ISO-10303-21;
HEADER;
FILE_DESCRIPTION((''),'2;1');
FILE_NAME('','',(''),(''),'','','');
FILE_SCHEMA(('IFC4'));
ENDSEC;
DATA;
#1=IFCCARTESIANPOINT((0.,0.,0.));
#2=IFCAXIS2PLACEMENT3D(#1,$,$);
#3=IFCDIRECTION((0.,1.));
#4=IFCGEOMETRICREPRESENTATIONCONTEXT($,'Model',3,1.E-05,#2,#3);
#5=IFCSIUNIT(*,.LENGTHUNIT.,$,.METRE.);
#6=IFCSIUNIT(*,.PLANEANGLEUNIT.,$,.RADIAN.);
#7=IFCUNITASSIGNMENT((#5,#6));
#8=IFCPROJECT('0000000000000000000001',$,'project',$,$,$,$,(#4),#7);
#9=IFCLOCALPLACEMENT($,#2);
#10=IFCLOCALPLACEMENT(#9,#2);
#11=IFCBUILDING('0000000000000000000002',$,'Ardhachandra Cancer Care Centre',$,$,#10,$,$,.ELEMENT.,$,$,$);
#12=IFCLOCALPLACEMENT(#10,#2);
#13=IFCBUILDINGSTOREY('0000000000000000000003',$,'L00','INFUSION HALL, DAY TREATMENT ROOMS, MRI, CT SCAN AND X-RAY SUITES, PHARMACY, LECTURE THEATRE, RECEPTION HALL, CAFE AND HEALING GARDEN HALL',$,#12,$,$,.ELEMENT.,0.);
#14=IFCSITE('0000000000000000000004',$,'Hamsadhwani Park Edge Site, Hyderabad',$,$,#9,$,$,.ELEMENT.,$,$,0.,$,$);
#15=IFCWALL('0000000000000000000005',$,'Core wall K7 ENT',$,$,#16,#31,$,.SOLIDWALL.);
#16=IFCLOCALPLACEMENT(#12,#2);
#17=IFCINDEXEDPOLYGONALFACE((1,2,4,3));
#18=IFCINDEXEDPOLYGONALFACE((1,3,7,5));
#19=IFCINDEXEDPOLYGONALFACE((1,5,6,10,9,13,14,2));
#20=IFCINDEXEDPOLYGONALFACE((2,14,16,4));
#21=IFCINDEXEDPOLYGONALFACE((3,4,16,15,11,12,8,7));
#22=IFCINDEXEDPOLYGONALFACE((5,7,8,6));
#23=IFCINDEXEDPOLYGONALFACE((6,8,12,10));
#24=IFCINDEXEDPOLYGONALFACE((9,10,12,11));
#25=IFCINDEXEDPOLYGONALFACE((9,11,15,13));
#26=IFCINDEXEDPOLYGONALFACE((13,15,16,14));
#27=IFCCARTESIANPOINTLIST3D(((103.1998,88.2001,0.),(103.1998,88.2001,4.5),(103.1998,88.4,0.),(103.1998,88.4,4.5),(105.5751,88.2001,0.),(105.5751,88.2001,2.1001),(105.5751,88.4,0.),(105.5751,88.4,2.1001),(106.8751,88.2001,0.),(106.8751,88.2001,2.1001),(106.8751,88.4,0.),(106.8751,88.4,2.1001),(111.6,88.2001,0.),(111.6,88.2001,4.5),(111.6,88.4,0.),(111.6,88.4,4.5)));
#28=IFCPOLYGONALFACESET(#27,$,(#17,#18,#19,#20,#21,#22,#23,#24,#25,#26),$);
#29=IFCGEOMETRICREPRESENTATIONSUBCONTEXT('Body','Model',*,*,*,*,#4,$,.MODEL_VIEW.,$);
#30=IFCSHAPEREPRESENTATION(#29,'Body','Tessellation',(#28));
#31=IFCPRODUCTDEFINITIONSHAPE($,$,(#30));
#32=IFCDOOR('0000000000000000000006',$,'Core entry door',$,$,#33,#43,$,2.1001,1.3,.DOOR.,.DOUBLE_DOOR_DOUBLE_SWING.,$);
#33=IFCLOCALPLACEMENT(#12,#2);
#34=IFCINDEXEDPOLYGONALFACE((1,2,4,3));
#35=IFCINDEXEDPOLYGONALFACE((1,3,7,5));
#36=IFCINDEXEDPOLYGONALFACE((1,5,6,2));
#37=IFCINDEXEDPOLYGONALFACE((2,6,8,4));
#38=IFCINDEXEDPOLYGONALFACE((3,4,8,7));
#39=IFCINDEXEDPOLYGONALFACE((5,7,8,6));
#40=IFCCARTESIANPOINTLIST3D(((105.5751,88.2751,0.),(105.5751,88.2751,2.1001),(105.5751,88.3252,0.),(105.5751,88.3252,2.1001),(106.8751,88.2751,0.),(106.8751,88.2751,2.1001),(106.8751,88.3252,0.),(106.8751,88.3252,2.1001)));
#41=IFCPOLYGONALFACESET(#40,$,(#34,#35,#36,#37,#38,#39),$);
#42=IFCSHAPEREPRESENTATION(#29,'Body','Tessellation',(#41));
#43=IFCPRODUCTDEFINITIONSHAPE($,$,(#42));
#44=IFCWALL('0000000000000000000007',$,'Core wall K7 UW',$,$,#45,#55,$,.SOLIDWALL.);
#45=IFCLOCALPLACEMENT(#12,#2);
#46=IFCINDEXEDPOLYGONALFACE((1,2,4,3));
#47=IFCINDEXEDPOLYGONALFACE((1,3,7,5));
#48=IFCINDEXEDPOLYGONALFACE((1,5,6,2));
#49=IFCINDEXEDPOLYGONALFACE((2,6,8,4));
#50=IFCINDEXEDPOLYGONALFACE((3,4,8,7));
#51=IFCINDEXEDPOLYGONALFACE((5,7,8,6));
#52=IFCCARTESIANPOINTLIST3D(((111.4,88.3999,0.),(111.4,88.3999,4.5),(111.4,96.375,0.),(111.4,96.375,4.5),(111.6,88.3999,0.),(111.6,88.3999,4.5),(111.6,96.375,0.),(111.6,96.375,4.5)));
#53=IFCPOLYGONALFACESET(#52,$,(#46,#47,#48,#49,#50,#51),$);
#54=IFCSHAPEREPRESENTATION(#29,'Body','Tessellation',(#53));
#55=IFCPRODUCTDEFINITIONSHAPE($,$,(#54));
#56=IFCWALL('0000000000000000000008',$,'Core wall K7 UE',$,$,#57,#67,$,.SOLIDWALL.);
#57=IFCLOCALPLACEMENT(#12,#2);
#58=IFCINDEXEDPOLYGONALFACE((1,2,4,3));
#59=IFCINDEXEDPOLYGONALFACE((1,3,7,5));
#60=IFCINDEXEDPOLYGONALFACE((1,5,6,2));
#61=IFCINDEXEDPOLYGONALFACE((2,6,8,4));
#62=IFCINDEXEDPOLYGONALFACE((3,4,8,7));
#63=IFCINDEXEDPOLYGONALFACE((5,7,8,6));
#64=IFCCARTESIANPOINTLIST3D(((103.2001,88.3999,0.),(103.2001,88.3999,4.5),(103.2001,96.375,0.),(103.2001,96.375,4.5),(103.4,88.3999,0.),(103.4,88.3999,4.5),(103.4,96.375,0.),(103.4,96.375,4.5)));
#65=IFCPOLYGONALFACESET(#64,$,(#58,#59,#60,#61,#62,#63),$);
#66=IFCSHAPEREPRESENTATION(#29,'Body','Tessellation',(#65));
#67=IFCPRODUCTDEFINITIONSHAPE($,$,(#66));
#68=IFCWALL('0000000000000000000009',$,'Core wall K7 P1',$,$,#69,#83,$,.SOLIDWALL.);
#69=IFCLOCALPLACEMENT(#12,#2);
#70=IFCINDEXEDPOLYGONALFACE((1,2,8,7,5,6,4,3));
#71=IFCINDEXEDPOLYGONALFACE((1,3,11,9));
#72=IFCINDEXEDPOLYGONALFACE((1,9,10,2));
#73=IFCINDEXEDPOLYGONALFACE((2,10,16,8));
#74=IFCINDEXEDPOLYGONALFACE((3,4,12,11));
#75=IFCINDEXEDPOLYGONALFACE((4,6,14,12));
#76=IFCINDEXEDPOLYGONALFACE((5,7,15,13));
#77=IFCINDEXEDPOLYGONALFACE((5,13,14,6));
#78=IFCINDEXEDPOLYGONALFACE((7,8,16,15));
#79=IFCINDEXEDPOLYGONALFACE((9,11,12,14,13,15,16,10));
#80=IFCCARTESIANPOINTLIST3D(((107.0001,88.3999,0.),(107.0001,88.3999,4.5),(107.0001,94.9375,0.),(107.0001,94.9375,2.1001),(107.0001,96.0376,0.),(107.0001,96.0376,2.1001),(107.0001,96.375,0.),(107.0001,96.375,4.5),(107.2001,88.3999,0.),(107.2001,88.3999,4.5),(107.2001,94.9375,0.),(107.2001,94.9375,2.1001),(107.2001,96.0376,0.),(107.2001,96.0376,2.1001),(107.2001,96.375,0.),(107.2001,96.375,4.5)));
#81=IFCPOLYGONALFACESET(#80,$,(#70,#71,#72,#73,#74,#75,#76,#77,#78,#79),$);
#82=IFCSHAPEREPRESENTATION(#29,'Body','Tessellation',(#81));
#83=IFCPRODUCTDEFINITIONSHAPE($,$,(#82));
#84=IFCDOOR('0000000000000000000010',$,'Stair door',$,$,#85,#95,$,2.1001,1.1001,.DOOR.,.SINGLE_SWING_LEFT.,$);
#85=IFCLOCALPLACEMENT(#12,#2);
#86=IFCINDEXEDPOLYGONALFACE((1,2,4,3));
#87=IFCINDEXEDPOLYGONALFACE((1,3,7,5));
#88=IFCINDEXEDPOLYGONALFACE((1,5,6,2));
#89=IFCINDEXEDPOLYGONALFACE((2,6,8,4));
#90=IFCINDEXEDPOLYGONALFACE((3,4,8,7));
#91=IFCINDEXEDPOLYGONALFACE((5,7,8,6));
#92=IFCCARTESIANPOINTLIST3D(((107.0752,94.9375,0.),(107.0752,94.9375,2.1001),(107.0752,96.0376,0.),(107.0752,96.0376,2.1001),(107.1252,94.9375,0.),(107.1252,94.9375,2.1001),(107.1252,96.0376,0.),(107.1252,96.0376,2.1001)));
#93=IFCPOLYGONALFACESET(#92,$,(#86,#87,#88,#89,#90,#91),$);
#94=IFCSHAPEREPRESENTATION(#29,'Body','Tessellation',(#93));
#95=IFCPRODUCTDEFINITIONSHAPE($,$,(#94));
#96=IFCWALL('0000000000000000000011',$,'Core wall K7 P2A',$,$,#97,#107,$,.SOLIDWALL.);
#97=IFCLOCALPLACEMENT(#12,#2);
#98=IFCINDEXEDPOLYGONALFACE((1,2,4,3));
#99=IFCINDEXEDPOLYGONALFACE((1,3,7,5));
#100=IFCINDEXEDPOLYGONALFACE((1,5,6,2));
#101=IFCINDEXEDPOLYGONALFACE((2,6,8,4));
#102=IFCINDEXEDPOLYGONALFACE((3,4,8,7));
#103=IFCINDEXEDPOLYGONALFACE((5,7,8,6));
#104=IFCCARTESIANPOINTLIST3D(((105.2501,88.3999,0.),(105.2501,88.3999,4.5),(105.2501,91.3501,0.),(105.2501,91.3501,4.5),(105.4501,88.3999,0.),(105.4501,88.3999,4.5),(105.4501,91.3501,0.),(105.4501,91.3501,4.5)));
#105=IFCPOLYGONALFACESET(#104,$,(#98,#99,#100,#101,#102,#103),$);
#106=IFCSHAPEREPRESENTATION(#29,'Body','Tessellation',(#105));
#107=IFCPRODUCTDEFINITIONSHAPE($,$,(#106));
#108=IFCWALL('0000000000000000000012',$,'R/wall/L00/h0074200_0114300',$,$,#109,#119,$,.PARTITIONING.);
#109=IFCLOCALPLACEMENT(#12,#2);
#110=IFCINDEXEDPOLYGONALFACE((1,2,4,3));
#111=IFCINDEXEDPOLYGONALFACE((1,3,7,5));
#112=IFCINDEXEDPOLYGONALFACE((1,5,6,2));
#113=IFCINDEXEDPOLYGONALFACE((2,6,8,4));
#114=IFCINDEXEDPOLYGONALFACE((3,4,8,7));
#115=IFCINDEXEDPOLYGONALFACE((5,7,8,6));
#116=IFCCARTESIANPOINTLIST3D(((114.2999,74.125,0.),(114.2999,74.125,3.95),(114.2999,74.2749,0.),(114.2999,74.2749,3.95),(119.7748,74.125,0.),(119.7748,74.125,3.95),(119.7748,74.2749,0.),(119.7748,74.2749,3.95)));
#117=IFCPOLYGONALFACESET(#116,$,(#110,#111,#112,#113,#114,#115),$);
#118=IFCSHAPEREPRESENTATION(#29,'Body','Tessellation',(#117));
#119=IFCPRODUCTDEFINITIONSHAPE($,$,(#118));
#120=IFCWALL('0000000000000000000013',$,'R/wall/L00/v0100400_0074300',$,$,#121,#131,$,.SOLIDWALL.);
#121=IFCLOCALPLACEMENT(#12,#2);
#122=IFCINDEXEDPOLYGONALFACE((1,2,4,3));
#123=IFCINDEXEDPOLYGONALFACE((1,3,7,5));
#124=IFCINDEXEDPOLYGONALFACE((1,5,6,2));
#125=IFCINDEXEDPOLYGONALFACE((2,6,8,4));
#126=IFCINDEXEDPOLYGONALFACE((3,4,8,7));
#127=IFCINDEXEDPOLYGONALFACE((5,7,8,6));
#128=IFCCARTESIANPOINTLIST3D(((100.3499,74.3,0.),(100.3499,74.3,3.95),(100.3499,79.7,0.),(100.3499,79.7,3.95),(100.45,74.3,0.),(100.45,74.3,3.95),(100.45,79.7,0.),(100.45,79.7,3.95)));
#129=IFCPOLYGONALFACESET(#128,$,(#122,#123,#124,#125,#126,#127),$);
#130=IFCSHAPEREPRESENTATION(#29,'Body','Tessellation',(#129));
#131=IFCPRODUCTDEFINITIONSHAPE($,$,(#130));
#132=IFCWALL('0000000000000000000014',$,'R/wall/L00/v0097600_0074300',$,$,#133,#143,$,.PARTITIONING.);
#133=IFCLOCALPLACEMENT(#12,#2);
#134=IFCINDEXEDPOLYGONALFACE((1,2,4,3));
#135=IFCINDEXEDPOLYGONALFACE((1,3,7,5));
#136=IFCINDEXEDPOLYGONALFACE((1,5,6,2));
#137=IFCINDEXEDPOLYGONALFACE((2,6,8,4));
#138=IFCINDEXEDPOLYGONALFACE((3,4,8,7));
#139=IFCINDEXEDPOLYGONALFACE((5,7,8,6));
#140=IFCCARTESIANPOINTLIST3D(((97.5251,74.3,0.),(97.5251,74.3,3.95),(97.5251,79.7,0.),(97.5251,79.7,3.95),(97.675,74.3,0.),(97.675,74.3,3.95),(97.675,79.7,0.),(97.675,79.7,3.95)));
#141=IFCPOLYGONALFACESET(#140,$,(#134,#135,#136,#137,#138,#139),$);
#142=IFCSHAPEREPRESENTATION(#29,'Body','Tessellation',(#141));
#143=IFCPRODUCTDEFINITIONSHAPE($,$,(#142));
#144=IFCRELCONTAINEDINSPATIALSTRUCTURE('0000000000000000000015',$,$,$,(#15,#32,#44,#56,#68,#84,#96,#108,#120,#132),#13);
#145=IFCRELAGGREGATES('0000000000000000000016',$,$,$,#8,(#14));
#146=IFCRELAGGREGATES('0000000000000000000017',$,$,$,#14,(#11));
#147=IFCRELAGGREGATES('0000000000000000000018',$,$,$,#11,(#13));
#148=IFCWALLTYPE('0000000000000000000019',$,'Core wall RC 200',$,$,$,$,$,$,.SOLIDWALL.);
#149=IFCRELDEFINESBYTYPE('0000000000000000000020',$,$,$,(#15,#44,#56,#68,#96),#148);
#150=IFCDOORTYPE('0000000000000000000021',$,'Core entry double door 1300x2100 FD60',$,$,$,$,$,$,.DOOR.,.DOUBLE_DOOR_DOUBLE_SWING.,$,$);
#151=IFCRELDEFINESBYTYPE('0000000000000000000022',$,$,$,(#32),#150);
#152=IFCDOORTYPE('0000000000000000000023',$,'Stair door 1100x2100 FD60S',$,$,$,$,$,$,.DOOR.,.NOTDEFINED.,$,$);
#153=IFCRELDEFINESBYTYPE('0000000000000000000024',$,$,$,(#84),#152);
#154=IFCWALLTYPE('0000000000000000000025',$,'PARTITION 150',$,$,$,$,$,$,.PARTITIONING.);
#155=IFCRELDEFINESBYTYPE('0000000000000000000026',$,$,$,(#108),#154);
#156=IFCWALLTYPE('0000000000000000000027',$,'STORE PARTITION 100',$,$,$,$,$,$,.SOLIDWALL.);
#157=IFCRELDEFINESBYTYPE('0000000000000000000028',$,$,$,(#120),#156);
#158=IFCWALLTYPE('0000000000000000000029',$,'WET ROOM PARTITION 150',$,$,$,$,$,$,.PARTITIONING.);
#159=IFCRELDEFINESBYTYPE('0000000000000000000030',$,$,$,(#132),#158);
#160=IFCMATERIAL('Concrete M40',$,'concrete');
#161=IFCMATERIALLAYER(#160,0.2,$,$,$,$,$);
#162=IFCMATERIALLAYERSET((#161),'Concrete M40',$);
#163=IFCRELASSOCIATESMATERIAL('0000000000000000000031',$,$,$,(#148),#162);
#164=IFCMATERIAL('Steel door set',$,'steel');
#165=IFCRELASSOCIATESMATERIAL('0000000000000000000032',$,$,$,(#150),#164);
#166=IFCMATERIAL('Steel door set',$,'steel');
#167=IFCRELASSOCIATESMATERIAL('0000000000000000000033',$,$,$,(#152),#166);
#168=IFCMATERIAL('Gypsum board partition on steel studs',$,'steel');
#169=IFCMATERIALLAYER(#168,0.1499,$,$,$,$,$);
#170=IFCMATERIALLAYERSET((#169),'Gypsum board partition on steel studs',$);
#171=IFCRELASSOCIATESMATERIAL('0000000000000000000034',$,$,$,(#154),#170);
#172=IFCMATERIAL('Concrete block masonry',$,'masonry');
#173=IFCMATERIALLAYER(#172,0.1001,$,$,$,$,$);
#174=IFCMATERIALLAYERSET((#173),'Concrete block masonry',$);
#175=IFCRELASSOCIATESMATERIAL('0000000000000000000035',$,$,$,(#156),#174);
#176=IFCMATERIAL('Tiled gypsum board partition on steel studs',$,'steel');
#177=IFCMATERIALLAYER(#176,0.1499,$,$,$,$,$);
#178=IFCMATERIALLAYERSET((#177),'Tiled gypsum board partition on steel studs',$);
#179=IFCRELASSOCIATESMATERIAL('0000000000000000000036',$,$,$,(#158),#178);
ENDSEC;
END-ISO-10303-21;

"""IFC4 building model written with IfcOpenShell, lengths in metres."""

from ifc_helpers import new_model, si_unit, direction, frame, frame_2d, origin, place, context, subcontext, project, spatial, rectangle, extrude, material, layer, layer_set, type_object, element, fill, save


model = new_model("IFC4")

# Units and contexts
model_context = context("Model", 3, precision=1e-05, world=origin(), true_north=direction((0.0, 1.0)))
body_context = subcontext(model_context, "Body", "Model", "MODEL_VIEW")
ifc_project = project(units=[si_unit("LENGTHUNIT", "METRE"), si_unit("PLANEANGLEUNIT", "RADIAN")], contexts=[model_context])

# Site, building, storey
site_placement = place(None, origin())
site = spatial("IfcSite", under=ifc_project, at=site_placement, Name="Hamsadhwani Park Edge Site, Hyderabad", CompositionType="ELEMENT", RefElevation=0.0)
building_placement = place(site_placement, origin())
building = spatial("IfcBuilding", under=site, at=building_placement, Name="Ardhachandra Cancer Care Centre", CompositionType="ELEMENT")
storey_placement = place(building_placement, origin())
storey = spatial("IfcBuildingStorey", under=building, at=storey_placement, Name="L00", Description="INFUSION HALL, DAY TREATMENT ROOMS, MRI, CT SCAN AND X-RAY SUITES, PHARMACY, LECTURE THEATRE, RECEPTION HALL, CAFE AND HEALING GARDEN HALL", CompositionType="ELEMENT", Elevation=0.0)

# Wall, opening, door
ifc_material_1 = material(Name="Concrete M40", Category="concrete")
ifc_layer_1 = layer(ifc_material_1, 0.2)
ifc_layer_set_1 = layer_set([ifc_layer_1], Name="Concrete M40")
wall_type_1 = type_object("IfcWallType", Name="Core wall RC 200", PredefinedType="SOLIDWALL", material=ifc_layer_set_1)
wall_1_placement = place(storey_placement, frame((111.6001, 88.3, 0.0), z_axis=(0.0, 0.0, 1.0), x_axis=(-1.0, 0.0, 0.0)))
wall_1 = element("IfcWall", 1, at=wall_1_placement, inside=storey, type_object=wall_type_1, Name="Core wall K7 ENT", PredefinedType="SOLIDWALL", context=body_context, shape_type="SweptSolid", body=[
    extrude(rectangle(XDim=8.4001, YDim=0.2, at=frame_2d((4.2002, 0.0))), origin(), (0.0, 0.0, 1.0), 4.5),
])
opening_1_placement = place(wall_1_placement, frame((4.7251, 0.0, 0.0)))
opening_1 = element("IfcOpeningElement", 2, at=opening_1_placement, cuts=wall_1, PredefinedType="OPENING", context=body_context, shape_type="SweptSolid", body=[
    extrude(rectangle(XDim=1.3, YDim=2.1001, at=frame_2d((0.6499, 1.05))), frame((0.0, 0.1099, 0.0), z_axis=(0.0, -1.0, 0.0), x_axis=(1.0, 0.0, 0.0)), (0.0, 0.0, 1.0), 0.22),
])
ifc_material_2 = material(Name="Steel door set", Category="steel")
door_type_1 = type_object("IfcDoorType", Name="Core entry double door 1300x2100 FD60", OperationType="DOUBLE_DOOR_DOUBLE_SWING", PredefinedType="DOOR", material=ifc_material_2)
door_1_placement = place(opening_1_placement, origin())
door_1 = element("IfcDoor", 3, at=door_1_placement, inside=storey, type_object=door_type_1, Name="Core entry door", OperationType="DOUBLE_DOOR_DOUBLE_SWING", OverallHeight=2.1001, OverallWidth=1.3, PredefinedType="DOOR", context=body_context, shape_type="SweptSolid", body=[
    extrude(rectangle(XDim=1.3, YDim=2.1001, at=frame_2d((0.6499, 1.05))), frame((0.0, 0.0249, 0.0), z_axis=(0.0, -1.0, 0.0), x_axis=(1.0, 0.0, 0.0)), (0.0, 0.0, 1.0), 0.05),
])
fill(opening_1, door_1)

# Walls
for number, where, z_axis, x_axis, name in (
    (4, (111.5, 88.3999, 0.0), (0.0, 0.0, 1.0), (0.0, 1.0, 0.0), "Core wall K7 UW"),
    (5, (103.3, 88.3999, 0.0), (0.0, 0.0, 1.0), (0.0, 1.0, 0.0), "Core wall K7 UE"),
):
    element("IfcWall", number, at=place(storey_placement, frame(where, z_axis=z_axis, x_axis=x_axis)), inside=storey, type_object=wall_type_1, Name=name, PredefinedType="SOLIDWALL", context=body_context, shape_type="SweptSolid", body=[
        extrude(rectangle(XDim=7.9751, YDim=0.2, at=frame_2d((3.9875, 0.0))), origin(), (0.0, 0.0, 1.0), 4.5),
    ])

# Wall, opening, door
wall_2_placement = place(storey_placement, frame((107.1001, 88.3999, 0.0), z_axis=(0.0, 0.0, 1.0), x_axis=(0.0, 1.0, 0.0)))
wall_2 = element("IfcWall", 6, at=wall_2_placement, inside=storey, type_object=wall_type_1, Name="Core wall K7 P1", PredefinedType="SOLIDWALL", context=body_context, shape_type="SweptSolid", body=[
    extrude(rectangle(XDim=7.9751, YDim=0.2, at=frame_2d((3.9875, 0.0))), origin(), (0.0, 0.0, 1.0), 4.5),
])
opening_2_placement = place(wall_2_placement, frame((6.5376, 0.0, 0.0)))
opening_2 = element("IfcOpeningElement", 7, at=opening_2_placement, cuts=wall_2, PredefinedType="OPENING", context=body_context, shape_type="SweptSolid", body=[
    extrude(rectangle(XDim=1.1001, YDim=2.1001, at=frame_2d((0.55, 1.05))), frame((0.0, 0.1099, 0.0), z_axis=(0.0, -1.0, 0.0), x_axis=(1.0, 0.0, 0.0)), (0.0, 0.0, 1.0), 0.22),
])
ifc_material_3 = material(Name="Steel door set", Category="steel")
door_type_2 = type_object("IfcDoorType", Name="Stair door 1100x2100 FD60S", OperationType="NOTDEFINED", PredefinedType="DOOR", material=ifc_material_3)
door_2_placement = place(opening_2_placement, origin())
door_2 = element("IfcDoor", 8, at=door_2_placement, inside=storey, type_object=door_type_2, Name="Stair door", OperationType="SINGLE_SWING_LEFT", OverallHeight=2.1001, OverallWidth=1.1001, PredefinedType="DOOR", context=body_context, shape_type="SweptSolid", body=[
    extrude(rectangle(XDim=1.1001, YDim=2.1001, at=frame_2d((0.55, 1.05))), frame((0.0, 0.0249, 0.0), z_axis=(0.0, -1.0, 0.0), x_axis=(1.0, 0.0, 0.0)), (0.0, 0.0, 1.0), 0.05),
])
fill(opening_2, door_2)

# Walls
wall_3_placement = place(storey_placement, frame((105.3501, 88.3999, 0.0), z_axis=(0.0, 0.0, 1.0), x_axis=(0.0, 1.0, 0.0)))
element("IfcWall", 9, at=wall_3_placement, inside=storey, type_object=wall_type_1, Name="Core wall K7 P2A", PredefinedType="SOLIDWALL", context=body_context, shape_type="SweptSolid", body=[
    extrude(rectangle(XDim=2.9502, YDim=0.2, at=frame_2d((1.4751, 0.0))), origin(), (0.0, 0.0, 1.0), 4.5),
])
ifc_material_4 = material(Name="Gypsum board partition on steel studs", Category="steel")
ifc_layer_2 = layer(ifc_material_4, 0.1499)
ifc_layer_set_2 = layer_set([ifc_layer_2], Name="Gypsum board partition on steel studs")
wall_type_2 = type_object("IfcWallType", Name="PARTITION 150", PredefinedType="PARTITIONING", material=ifc_layer_set_2)
wall_4_placement = place(storey_placement, frame((114.3, 74.2, 0.0), z_axis=(0.0, 0.0, 1.0), x_axis=(1.0, 0.0, 0.0)))
element("IfcWall", 10, at=wall_4_placement, inside=storey, type_object=wall_type_2, Name="R/wall/L00/h0074200_0114300", PredefinedType="PARTITIONING", context=body_context, shape_type="SweptSolid", body=[
    extrude(rectangle(XDim=5.4749, YDim=0.1499, at=frame_2d((2.7373, 0.0))), origin(), (0.0, 0.0, 1.0), 3.95),
])
ifc_material_5 = material(Name="Concrete block masonry", Category="masonry")
ifc_layer_3 = layer(ifc_material_5, 0.1001)
ifc_layer_set_3 = layer_set([ifc_layer_3], Name="Concrete block masonry")
wall_type_3 = type_object("IfcWallType", Name="STORE PARTITION 100", PredefinedType="SOLIDWALL", material=ifc_layer_set_3)
wall_5_placement = place(storey_placement, frame((100.3999, 74.3, 0.0), z_axis=(0.0, 0.0, 1.0), x_axis=(0.0, 1.0, 0.0)))
element("IfcWall", 11, at=wall_5_placement, inside=storey, type_object=wall_type_3, Name="R/wall/L00/v0100400_0074300", PredefinedType="SOLIDWALL", context=body_context, shape_type="SweptSolid", body=[
    extrude(rectangle(XDim=5.3999, YDim=0.1001, at=frame_2d((2.7, 0.0))), origin(), (0.0, 0.0, 1.0), 3.95),
])
ifc_material_6 = material(Name="Tiled gypsum board partition on steel studs", Category="steel")
ifc_layer_4 = layer(ifc_material_6, 0.1499)
ifc_layer_set_4 = layer_set([ifc_layer_4], Name="Tiled gypsum board partition on steel studs")
wall_type_4 = type_object("IfcWallType", Name="WET ROOM PARTITION 150", PredefinedType="PARTITIONING", material=ifc_layer_set_4)
wall_6_placement = place(storey_placement, frame((97.6001, 74.3, 0.0), z_axis=(0.0, 0.0, 1.0), x_axis=(0.0, 1.0, 0.0)))
element("IfcWall", 12, at=wall_6_placement, inside=storey, type_object=wall_type_4, Name="R/wall/L00/v0097600_0074300", PredefinedType="PARTITIONING", context=body_context, shape_type="SweptSolid", body=[
    extrude(rectangle(XDim=5.3999, YDim=0.1499, at=frame_2d((2.7, 0.0))), origin(), (0.0, 0.0, 1.0), 3.95),
])

save(model, "model.ifc")
